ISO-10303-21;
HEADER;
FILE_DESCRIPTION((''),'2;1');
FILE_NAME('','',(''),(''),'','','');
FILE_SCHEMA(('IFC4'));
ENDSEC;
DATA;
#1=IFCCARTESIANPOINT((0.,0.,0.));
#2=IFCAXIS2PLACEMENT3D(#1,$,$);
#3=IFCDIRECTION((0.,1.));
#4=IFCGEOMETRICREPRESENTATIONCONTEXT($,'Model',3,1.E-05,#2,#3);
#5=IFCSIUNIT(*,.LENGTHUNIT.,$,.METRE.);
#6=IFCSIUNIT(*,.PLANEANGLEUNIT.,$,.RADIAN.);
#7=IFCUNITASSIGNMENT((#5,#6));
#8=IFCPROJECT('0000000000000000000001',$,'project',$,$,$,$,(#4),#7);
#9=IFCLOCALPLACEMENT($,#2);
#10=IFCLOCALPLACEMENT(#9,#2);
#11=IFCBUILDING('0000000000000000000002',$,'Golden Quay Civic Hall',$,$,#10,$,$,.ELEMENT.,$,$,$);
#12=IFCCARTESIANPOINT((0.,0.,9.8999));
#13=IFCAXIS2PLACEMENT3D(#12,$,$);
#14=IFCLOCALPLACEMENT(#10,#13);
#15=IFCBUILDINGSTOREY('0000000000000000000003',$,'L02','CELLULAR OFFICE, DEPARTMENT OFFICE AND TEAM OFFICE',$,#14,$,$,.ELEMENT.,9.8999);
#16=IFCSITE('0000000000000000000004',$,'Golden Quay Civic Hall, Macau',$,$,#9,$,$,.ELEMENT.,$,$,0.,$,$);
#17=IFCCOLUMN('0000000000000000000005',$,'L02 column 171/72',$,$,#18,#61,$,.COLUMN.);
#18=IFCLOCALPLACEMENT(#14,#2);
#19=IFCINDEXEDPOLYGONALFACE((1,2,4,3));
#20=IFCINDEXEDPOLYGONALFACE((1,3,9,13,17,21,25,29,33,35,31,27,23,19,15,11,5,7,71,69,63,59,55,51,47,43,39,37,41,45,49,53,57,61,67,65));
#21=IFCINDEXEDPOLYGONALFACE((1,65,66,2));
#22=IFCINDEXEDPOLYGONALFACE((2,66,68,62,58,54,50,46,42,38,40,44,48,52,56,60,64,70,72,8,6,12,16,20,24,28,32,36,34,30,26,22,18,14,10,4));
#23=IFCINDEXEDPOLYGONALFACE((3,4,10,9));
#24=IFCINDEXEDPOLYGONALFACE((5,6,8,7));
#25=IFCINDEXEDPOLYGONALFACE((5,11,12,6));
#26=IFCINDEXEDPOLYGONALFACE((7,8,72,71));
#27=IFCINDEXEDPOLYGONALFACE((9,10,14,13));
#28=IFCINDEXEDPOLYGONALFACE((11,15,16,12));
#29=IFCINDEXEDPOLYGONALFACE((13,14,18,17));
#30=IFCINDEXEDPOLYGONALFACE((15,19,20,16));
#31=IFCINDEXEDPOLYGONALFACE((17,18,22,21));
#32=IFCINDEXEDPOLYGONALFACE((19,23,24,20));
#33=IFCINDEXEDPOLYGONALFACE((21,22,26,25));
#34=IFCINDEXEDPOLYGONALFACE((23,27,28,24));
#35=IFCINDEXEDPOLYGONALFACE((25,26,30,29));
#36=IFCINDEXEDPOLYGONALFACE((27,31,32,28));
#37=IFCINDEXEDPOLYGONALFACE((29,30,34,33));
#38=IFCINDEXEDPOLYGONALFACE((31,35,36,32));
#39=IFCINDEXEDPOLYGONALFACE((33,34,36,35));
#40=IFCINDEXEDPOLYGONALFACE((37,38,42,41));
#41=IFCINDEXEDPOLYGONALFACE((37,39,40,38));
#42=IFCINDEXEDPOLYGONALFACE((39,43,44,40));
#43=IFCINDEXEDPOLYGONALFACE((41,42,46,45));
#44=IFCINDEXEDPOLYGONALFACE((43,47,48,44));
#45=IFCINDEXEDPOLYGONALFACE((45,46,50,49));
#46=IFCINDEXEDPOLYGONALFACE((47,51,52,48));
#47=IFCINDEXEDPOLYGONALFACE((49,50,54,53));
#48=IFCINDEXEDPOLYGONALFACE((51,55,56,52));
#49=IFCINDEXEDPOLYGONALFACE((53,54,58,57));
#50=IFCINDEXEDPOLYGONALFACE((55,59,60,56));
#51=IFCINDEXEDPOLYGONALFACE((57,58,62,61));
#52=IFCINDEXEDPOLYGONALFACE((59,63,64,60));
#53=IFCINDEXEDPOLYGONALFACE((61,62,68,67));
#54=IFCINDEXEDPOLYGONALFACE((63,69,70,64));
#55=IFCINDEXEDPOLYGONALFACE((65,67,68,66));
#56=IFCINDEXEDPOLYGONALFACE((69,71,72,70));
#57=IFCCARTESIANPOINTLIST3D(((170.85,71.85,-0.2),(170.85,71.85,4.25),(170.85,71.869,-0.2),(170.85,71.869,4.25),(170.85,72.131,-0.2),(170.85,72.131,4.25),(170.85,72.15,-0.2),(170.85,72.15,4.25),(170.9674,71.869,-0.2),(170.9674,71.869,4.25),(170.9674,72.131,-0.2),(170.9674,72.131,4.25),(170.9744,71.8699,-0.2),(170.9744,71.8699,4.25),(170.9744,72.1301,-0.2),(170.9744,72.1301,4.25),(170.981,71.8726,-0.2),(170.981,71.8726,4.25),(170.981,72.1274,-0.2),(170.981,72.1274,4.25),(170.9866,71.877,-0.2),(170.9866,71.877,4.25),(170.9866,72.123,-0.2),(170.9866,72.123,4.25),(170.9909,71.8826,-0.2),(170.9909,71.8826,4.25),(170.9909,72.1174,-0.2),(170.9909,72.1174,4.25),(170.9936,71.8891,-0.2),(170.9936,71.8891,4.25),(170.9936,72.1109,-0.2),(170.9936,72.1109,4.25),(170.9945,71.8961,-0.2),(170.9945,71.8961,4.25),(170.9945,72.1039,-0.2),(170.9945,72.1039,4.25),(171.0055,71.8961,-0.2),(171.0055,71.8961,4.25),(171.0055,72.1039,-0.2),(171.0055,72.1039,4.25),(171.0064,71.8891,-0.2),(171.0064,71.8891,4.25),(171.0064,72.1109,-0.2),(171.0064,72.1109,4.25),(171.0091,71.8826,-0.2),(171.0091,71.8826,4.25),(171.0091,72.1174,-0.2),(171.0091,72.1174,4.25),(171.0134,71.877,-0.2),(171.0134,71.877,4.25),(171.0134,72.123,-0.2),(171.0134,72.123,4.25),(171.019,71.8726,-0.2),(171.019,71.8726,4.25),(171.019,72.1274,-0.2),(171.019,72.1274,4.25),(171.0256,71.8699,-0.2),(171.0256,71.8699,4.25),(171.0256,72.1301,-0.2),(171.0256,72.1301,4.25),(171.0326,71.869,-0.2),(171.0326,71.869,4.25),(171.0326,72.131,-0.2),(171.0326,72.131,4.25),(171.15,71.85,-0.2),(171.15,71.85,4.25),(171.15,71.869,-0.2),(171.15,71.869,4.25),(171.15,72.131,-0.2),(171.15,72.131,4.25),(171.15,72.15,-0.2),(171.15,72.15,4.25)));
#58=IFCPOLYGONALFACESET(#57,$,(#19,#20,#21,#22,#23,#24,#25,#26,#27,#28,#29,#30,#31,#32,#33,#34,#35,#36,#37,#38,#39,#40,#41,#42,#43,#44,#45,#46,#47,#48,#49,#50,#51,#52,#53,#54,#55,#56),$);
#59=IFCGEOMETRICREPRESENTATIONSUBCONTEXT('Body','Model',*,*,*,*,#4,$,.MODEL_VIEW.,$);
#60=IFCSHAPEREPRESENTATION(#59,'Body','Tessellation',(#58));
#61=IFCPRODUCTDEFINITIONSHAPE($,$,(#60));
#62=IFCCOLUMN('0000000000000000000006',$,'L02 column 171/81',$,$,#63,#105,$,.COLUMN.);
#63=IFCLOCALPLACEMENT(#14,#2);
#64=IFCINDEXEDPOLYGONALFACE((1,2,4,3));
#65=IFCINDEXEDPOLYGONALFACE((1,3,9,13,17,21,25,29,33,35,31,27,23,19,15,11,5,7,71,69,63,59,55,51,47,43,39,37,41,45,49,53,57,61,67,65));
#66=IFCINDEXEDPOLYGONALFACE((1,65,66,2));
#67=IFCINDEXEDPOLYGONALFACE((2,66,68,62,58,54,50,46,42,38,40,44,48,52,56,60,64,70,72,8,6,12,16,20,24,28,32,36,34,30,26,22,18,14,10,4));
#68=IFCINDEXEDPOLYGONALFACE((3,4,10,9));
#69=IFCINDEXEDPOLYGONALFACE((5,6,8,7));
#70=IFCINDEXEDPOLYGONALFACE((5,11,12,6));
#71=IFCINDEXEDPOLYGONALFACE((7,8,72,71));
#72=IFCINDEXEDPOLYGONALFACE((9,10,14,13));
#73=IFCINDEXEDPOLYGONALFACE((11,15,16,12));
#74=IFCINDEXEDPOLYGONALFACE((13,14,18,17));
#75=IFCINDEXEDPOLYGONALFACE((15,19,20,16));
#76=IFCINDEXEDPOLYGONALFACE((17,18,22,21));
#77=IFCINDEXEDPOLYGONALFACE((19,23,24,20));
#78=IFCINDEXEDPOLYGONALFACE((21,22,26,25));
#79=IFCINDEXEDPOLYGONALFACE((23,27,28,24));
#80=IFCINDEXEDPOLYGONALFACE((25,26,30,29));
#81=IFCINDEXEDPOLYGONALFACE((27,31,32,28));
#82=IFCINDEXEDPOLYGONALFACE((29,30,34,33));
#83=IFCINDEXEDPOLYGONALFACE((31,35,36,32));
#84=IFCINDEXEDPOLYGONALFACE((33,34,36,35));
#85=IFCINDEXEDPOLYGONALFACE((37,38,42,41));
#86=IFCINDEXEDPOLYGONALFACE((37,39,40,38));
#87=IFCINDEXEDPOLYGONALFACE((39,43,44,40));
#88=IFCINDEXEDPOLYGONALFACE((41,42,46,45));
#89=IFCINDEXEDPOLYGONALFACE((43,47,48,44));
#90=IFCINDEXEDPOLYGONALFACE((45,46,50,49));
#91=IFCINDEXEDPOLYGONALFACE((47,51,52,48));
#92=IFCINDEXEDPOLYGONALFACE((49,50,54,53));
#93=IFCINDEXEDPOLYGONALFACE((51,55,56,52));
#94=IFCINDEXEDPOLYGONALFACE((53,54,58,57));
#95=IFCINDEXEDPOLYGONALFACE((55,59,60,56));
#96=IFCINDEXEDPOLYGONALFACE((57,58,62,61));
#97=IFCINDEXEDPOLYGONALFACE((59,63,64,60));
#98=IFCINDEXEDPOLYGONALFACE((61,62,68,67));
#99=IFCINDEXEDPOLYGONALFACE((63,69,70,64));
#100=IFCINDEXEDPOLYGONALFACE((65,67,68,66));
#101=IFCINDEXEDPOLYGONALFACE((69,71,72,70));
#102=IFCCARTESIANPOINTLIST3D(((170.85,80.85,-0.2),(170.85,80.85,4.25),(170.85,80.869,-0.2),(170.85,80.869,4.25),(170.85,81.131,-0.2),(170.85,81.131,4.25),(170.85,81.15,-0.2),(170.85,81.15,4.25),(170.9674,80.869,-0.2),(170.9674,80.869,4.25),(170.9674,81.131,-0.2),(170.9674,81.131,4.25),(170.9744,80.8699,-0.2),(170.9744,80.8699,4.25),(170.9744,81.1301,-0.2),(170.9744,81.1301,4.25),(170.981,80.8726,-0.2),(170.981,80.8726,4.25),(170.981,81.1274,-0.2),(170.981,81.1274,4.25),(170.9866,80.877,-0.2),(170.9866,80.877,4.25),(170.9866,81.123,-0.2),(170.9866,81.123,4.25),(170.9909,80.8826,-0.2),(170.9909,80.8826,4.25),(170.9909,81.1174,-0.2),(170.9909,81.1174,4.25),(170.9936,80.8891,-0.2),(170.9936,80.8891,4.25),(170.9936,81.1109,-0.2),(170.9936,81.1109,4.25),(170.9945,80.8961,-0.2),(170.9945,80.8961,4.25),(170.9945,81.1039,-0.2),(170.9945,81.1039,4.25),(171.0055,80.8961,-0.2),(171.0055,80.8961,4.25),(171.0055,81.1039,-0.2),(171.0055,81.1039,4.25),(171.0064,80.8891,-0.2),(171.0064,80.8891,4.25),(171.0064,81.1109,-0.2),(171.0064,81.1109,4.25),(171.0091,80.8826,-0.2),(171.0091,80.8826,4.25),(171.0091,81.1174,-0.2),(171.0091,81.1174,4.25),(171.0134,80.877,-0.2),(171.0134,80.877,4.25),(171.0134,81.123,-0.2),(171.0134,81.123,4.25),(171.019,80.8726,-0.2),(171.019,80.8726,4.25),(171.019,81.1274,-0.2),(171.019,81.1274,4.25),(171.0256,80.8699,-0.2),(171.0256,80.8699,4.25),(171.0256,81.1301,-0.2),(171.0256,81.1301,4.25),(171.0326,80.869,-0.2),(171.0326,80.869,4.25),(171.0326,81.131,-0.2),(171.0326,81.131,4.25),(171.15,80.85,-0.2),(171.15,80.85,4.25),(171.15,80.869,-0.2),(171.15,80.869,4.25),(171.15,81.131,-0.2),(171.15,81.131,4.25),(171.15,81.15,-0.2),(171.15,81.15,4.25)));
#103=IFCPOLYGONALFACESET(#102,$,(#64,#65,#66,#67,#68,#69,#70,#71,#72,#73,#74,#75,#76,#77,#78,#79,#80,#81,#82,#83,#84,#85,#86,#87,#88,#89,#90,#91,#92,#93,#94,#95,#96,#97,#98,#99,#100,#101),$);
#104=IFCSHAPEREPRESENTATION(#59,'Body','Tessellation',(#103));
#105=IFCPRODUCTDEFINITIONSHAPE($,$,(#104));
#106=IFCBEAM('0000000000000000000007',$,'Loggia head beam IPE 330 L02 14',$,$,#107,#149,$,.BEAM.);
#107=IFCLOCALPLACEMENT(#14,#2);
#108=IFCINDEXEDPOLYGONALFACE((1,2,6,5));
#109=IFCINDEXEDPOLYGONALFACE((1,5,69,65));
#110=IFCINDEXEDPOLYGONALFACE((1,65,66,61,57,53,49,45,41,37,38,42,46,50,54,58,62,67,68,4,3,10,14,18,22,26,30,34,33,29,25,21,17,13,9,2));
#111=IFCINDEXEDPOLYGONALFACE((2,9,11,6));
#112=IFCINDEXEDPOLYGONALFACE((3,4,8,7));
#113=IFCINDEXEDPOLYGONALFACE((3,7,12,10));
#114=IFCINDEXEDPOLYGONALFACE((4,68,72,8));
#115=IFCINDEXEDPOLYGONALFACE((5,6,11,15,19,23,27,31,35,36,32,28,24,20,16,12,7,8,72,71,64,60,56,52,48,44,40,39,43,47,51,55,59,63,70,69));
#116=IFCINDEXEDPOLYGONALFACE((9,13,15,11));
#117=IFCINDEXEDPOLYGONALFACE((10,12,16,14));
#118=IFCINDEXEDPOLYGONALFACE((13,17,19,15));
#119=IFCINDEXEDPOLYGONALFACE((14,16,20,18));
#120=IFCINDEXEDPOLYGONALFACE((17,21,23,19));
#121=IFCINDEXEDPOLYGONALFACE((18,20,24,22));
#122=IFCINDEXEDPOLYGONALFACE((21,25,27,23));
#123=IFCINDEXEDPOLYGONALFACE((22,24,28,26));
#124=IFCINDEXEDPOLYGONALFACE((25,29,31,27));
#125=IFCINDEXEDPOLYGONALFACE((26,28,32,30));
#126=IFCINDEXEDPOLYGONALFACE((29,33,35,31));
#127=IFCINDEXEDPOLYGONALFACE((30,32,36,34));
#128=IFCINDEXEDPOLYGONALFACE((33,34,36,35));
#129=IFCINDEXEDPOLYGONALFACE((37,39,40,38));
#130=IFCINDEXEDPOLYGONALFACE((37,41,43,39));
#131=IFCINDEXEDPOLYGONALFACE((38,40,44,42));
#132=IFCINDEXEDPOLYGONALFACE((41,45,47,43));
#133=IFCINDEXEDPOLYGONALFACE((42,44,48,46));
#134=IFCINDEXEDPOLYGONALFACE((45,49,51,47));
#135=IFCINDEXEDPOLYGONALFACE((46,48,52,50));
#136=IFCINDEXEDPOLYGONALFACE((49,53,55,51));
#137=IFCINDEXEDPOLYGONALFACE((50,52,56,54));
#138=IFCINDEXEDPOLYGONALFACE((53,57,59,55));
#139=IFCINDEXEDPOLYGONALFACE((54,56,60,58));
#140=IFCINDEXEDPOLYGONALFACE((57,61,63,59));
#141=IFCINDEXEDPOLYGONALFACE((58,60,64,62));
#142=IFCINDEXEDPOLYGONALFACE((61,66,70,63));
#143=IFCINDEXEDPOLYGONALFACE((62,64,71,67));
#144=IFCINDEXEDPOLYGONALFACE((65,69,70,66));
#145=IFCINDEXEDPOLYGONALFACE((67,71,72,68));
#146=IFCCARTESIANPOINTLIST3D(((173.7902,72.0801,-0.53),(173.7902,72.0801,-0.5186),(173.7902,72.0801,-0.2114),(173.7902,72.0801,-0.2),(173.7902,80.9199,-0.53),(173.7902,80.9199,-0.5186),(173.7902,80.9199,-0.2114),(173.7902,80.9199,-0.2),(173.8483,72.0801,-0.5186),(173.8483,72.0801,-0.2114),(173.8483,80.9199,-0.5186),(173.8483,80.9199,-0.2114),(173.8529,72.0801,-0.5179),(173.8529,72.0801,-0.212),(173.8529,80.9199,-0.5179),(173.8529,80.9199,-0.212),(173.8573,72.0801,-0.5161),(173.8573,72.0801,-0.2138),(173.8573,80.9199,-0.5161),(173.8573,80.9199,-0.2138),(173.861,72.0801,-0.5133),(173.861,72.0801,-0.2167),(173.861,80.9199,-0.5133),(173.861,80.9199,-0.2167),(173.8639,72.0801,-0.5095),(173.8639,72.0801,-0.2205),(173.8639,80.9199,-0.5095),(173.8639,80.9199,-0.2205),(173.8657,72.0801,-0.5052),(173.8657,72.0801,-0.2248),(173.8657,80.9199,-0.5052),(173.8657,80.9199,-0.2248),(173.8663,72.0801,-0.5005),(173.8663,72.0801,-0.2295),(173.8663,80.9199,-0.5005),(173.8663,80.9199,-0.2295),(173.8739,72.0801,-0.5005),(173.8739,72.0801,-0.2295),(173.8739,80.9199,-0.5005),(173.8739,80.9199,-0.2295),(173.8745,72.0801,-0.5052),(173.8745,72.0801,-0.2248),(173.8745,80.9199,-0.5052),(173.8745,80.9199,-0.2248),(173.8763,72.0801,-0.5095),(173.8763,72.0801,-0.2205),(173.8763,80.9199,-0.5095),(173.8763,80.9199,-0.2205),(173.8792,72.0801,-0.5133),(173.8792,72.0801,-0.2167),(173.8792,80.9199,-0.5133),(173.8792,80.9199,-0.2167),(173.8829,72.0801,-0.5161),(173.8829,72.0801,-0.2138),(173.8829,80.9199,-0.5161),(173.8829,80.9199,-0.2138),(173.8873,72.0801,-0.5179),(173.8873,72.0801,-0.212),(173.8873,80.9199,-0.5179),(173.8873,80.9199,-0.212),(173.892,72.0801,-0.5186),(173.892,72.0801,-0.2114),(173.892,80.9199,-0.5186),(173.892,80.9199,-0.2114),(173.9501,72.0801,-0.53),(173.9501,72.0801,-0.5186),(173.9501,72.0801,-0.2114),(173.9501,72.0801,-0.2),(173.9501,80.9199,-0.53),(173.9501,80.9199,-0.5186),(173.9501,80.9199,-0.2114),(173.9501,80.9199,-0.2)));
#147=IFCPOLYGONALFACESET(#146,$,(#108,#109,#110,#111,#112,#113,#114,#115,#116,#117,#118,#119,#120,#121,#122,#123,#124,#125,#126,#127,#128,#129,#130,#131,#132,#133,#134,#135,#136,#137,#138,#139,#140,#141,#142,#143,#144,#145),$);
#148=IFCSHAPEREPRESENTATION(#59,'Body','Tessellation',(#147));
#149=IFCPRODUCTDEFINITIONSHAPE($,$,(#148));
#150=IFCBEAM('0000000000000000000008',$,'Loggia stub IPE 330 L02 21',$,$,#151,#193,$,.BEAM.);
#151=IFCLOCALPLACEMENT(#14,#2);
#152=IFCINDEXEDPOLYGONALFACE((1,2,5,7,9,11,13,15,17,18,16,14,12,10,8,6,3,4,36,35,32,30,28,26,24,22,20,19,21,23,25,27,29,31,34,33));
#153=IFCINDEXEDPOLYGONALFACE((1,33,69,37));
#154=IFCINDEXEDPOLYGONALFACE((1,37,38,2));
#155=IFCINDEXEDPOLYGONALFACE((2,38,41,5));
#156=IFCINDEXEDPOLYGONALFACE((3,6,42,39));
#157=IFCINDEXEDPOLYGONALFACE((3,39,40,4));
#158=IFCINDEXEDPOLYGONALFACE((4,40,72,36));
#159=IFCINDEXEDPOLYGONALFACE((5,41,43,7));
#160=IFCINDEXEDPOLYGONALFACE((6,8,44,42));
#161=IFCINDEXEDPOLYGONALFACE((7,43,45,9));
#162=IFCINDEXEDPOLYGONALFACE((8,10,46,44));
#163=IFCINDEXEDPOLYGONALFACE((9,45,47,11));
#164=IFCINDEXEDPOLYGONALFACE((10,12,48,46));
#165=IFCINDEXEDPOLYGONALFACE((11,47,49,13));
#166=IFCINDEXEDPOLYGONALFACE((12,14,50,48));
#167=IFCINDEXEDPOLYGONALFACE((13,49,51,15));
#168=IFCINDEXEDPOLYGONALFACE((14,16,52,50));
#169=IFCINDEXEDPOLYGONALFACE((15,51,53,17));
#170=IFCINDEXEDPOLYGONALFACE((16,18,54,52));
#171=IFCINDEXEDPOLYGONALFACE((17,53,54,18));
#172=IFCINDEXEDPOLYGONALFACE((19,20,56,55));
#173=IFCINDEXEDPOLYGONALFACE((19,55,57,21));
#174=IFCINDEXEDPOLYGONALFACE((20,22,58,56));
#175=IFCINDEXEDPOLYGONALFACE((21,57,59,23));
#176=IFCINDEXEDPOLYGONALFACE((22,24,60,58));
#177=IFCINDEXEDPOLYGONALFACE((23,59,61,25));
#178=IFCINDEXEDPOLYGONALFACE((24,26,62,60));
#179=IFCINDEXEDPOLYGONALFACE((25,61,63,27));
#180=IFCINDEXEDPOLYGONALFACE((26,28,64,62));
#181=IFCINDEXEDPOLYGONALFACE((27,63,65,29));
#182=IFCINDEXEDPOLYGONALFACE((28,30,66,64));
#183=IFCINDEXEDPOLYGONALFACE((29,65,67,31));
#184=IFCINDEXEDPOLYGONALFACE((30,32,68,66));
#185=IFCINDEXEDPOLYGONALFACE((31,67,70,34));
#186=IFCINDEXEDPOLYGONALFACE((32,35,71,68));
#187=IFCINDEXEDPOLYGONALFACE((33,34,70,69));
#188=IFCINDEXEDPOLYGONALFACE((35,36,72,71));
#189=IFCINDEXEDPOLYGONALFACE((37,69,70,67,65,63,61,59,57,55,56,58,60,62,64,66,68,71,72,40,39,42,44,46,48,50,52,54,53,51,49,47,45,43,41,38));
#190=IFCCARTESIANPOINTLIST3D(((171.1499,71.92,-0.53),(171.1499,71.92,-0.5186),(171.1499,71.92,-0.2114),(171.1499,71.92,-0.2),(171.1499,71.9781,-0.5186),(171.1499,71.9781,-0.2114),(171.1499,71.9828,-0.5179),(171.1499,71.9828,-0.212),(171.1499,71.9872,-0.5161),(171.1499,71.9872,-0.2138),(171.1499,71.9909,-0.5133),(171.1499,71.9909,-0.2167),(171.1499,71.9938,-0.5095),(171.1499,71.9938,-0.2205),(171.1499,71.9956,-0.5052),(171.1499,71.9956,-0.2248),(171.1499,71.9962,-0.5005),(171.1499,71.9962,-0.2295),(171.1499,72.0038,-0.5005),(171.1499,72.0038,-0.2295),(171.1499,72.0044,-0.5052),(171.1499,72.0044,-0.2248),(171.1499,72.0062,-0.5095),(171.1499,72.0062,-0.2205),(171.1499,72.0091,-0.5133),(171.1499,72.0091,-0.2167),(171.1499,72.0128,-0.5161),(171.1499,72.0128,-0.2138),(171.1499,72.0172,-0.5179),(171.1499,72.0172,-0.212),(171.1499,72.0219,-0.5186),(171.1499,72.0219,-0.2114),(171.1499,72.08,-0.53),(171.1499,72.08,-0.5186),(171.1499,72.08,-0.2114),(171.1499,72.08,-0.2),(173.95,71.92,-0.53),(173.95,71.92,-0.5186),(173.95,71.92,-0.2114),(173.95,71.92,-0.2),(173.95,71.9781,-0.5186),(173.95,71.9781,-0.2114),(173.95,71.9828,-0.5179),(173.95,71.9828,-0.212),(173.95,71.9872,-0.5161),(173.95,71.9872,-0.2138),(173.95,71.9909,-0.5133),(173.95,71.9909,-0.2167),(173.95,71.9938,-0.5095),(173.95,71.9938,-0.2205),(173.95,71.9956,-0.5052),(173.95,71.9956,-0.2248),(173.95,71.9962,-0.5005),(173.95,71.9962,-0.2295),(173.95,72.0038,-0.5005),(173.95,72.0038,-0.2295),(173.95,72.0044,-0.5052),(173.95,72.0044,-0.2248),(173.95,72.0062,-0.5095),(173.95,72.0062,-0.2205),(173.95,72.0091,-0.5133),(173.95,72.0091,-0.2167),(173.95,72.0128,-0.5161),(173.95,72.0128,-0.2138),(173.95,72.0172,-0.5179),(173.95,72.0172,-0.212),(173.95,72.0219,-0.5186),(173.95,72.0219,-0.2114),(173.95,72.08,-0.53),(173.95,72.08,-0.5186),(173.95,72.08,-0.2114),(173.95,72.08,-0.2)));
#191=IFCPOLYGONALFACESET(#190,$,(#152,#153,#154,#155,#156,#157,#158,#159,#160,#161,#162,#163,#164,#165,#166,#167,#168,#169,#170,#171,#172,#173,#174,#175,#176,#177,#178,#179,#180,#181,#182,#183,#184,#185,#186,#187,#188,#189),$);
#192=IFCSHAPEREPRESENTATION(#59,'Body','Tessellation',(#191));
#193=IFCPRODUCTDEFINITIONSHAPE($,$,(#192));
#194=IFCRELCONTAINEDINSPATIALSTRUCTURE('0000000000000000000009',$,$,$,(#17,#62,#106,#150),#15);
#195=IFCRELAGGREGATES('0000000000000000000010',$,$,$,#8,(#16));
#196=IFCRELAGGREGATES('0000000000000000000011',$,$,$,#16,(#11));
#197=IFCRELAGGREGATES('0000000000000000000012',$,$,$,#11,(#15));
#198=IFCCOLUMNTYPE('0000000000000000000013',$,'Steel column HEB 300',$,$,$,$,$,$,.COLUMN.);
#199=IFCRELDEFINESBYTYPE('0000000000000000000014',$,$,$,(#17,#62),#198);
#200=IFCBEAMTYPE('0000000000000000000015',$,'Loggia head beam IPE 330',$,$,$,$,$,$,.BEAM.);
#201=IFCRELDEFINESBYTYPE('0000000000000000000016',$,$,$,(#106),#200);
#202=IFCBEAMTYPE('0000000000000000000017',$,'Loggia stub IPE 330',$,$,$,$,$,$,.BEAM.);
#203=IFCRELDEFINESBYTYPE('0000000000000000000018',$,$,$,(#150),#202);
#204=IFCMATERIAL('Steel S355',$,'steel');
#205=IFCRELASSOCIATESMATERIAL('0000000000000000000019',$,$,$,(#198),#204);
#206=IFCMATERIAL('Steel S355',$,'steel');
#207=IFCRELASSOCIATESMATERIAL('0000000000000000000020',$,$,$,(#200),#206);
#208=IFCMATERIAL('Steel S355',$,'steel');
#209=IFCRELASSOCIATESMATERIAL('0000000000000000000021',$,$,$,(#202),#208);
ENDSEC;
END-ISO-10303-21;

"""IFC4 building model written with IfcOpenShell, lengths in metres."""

from ifc_helpers import new_model, si_unit, direction, frame, origin, origin_2d, place, context, subcontext, project, spatial, i_section, extrude, material, material_profile, profile_set, type_object, element, save


model = new_model("IFC4")

# Units and contexts
model_context = context("Model", 3, precision=1e-05, world=origin(), true_north=direction((0.0, 1.0)))
body_context = subcontext(model_context, "Body", "Model", "MODEL_VIEW")
ifc_project = project(units=[si_unit("LENGTHUNIT", "METRE"), si_unit("PLANEANGLEUNIT", "RADIAN")], contexts=[model_context])

# Site, building, storey
site_placement = place(None, origin())
site = spatial("IfcSite", under=ifc_project, at=site_placement, Name="Golden Quay Civic Hall, Macau", CompositionType="ELEMENT", RefElevation=0.0)
building_placement = place(site_placement, origin())
building = spatial("IfcBuilding", under=site, at=building_placement, Name="Golden Quay Civic Hall", CompositionType="ELEMENT")
storey_placement = place(building_placement, frame((0.0, 0.0, 9.8999)))
storey = spatial("IfcBuildingStorey", under=building, at=storey_placement, Name="L02", Description="CELLULAR OFFICE, DEPARTMENT OFFICE AND TEAM OFFICE", CompositionType="ELEMENT", Elevation=9.8999)

# Columns
ifc_material_1 = material(Name="Steel S355", Category="steel")
ifc_material_profile_1 = material_profile(ifc_material_1, i_section(OverallWidth=0.3, OverallDepth=0.3, WebThickness=0.011, FlangeThickness=0.019, FilletRadius=0.0271, at=origin_2d()), Name="HEB 300")
ifc_profile_set_1 = profile_set([ifc_material_profile_1], Name="Steel S355")
column_type = type_object("IfcColumnType", Name="Steel column HEB 300", PredefinedType="COLUMN", material=ifc_profile_set_1)
for number, where, z_axis, x_axis, name in (
    (1, (171.0, 72.0, -0.2), (0.0, 0.0, 1.0), (1.0, 0.0, 0.0), "L02 column 171/72"),
    (2, (171.0, 81.0, -0.2), (0.0, 0.0, 1.0), (1.0, 0.0, 0.0), "L02 column 171/81"),
):
    element("IfcColumn", number, at=place(storey_placement, frame(where, z_axis=z_axis, x_axis=x_axis)), inside=storey, type_object=column_type, Name=name, PredefinedType="COLUMN", context=body_context, shape_type="SweptSolid", body=[
        extrude(i_section(OverallWidth=0.3, OverallDepth=0.3, WebThickness=0.011, FlangeThickness=0.019, FilletRadius=0.0271, at=origin_2d()), origin(), (0.0, 0.0, 1.0), 4.45),
    ])

# Beams
ifc_material_2 = material(Name="Steel S355", Category="steel")
ifc_material_profile_2 = material_profile(ifc_material_2, i_section(OverallWidth=0.1599, OverallDepth=0.3301, WebThickness=0.0076, FlangeThickness=0.0115, FilletRadius=0.0181, at=origin_2d()), Name="IPE 330")
ifc_profile_set_2 = profile_set([ifc_material_profile_2], Name="Steel S355")
beam_type_1 = type_object("IfcBeamType", Name="Loggia head beam IPE 330", PredefinedType="BEAM", material=ifc_profile_set_2)
beam_1_placement = place(storey_placement, frame((173.8701, 72.0801, -0.365), z_axis=(0.0, 1.0, 0.0), x_axis=(-1.0, 0.0, 0.0)))
element("IfcBeam", 3, at=beam_1_placement, inside=storey, type_object=beam_type_1, Name="Loggia head beam IPE 330 L02 14", PredefinedType="BEAM", context=body_context, shape_type="SweptSolid", body=[
    extrude(i_section(OverallWidth=0.1599, OverallDepth=0.3301, WebThickness=0.0076, FlangeThickness=0.0115, FilletRadius=0.0181, at=origin_2d()), origin(), (0.0, 0.0, 1.0), 8.8398),
])
ifc_material_3 = material(Name="Steel S355", Category="steel")
ifc_material_profile_3 = material_profile(ifc_material_3, i_section(OverallWidth=0.1599, OverallDepth=0.3301, WebThickness=0.0076, FlangeThickness=0.0115, FilletRadius=0.0181, at=origin_2d()), Name="IPE 330")
ifc_profile_set_3 = profile_set([ifc_material_profile_3], Name="Steel S355")
beam_type_2 = type_object("IfcBeamType", Name="Loggia stub IPE 330", PredefinedType="BEAM", material=ifc_profile_set_3)
beam_2_placement = place(storey_placement, frame((171.1499, 72.0, -0.365), z_axis=(1.0, 0.0, 0.0), x_axis=(0.0, 1.0, 0.0)))
element("IfcBeam", 4, at=beam_2_placement, inside=storey, type_object=beam_type_2, Name="Loggia stub IPE 330 L02 21", PredefinedType="BEAM", context=body_context, shape_type="SweptSolid", body=[
    extrude(i_section(OverallWidth=0.1599, OverallDepth=0.3301, WebThickness=0.0076, FlangeThickness=0.0115, FilletRadius=0.0181, at=origin_2d()), origin(), (0.0, 0.0, 1.0), 2.8),
])

save(model, "model.ifc")
